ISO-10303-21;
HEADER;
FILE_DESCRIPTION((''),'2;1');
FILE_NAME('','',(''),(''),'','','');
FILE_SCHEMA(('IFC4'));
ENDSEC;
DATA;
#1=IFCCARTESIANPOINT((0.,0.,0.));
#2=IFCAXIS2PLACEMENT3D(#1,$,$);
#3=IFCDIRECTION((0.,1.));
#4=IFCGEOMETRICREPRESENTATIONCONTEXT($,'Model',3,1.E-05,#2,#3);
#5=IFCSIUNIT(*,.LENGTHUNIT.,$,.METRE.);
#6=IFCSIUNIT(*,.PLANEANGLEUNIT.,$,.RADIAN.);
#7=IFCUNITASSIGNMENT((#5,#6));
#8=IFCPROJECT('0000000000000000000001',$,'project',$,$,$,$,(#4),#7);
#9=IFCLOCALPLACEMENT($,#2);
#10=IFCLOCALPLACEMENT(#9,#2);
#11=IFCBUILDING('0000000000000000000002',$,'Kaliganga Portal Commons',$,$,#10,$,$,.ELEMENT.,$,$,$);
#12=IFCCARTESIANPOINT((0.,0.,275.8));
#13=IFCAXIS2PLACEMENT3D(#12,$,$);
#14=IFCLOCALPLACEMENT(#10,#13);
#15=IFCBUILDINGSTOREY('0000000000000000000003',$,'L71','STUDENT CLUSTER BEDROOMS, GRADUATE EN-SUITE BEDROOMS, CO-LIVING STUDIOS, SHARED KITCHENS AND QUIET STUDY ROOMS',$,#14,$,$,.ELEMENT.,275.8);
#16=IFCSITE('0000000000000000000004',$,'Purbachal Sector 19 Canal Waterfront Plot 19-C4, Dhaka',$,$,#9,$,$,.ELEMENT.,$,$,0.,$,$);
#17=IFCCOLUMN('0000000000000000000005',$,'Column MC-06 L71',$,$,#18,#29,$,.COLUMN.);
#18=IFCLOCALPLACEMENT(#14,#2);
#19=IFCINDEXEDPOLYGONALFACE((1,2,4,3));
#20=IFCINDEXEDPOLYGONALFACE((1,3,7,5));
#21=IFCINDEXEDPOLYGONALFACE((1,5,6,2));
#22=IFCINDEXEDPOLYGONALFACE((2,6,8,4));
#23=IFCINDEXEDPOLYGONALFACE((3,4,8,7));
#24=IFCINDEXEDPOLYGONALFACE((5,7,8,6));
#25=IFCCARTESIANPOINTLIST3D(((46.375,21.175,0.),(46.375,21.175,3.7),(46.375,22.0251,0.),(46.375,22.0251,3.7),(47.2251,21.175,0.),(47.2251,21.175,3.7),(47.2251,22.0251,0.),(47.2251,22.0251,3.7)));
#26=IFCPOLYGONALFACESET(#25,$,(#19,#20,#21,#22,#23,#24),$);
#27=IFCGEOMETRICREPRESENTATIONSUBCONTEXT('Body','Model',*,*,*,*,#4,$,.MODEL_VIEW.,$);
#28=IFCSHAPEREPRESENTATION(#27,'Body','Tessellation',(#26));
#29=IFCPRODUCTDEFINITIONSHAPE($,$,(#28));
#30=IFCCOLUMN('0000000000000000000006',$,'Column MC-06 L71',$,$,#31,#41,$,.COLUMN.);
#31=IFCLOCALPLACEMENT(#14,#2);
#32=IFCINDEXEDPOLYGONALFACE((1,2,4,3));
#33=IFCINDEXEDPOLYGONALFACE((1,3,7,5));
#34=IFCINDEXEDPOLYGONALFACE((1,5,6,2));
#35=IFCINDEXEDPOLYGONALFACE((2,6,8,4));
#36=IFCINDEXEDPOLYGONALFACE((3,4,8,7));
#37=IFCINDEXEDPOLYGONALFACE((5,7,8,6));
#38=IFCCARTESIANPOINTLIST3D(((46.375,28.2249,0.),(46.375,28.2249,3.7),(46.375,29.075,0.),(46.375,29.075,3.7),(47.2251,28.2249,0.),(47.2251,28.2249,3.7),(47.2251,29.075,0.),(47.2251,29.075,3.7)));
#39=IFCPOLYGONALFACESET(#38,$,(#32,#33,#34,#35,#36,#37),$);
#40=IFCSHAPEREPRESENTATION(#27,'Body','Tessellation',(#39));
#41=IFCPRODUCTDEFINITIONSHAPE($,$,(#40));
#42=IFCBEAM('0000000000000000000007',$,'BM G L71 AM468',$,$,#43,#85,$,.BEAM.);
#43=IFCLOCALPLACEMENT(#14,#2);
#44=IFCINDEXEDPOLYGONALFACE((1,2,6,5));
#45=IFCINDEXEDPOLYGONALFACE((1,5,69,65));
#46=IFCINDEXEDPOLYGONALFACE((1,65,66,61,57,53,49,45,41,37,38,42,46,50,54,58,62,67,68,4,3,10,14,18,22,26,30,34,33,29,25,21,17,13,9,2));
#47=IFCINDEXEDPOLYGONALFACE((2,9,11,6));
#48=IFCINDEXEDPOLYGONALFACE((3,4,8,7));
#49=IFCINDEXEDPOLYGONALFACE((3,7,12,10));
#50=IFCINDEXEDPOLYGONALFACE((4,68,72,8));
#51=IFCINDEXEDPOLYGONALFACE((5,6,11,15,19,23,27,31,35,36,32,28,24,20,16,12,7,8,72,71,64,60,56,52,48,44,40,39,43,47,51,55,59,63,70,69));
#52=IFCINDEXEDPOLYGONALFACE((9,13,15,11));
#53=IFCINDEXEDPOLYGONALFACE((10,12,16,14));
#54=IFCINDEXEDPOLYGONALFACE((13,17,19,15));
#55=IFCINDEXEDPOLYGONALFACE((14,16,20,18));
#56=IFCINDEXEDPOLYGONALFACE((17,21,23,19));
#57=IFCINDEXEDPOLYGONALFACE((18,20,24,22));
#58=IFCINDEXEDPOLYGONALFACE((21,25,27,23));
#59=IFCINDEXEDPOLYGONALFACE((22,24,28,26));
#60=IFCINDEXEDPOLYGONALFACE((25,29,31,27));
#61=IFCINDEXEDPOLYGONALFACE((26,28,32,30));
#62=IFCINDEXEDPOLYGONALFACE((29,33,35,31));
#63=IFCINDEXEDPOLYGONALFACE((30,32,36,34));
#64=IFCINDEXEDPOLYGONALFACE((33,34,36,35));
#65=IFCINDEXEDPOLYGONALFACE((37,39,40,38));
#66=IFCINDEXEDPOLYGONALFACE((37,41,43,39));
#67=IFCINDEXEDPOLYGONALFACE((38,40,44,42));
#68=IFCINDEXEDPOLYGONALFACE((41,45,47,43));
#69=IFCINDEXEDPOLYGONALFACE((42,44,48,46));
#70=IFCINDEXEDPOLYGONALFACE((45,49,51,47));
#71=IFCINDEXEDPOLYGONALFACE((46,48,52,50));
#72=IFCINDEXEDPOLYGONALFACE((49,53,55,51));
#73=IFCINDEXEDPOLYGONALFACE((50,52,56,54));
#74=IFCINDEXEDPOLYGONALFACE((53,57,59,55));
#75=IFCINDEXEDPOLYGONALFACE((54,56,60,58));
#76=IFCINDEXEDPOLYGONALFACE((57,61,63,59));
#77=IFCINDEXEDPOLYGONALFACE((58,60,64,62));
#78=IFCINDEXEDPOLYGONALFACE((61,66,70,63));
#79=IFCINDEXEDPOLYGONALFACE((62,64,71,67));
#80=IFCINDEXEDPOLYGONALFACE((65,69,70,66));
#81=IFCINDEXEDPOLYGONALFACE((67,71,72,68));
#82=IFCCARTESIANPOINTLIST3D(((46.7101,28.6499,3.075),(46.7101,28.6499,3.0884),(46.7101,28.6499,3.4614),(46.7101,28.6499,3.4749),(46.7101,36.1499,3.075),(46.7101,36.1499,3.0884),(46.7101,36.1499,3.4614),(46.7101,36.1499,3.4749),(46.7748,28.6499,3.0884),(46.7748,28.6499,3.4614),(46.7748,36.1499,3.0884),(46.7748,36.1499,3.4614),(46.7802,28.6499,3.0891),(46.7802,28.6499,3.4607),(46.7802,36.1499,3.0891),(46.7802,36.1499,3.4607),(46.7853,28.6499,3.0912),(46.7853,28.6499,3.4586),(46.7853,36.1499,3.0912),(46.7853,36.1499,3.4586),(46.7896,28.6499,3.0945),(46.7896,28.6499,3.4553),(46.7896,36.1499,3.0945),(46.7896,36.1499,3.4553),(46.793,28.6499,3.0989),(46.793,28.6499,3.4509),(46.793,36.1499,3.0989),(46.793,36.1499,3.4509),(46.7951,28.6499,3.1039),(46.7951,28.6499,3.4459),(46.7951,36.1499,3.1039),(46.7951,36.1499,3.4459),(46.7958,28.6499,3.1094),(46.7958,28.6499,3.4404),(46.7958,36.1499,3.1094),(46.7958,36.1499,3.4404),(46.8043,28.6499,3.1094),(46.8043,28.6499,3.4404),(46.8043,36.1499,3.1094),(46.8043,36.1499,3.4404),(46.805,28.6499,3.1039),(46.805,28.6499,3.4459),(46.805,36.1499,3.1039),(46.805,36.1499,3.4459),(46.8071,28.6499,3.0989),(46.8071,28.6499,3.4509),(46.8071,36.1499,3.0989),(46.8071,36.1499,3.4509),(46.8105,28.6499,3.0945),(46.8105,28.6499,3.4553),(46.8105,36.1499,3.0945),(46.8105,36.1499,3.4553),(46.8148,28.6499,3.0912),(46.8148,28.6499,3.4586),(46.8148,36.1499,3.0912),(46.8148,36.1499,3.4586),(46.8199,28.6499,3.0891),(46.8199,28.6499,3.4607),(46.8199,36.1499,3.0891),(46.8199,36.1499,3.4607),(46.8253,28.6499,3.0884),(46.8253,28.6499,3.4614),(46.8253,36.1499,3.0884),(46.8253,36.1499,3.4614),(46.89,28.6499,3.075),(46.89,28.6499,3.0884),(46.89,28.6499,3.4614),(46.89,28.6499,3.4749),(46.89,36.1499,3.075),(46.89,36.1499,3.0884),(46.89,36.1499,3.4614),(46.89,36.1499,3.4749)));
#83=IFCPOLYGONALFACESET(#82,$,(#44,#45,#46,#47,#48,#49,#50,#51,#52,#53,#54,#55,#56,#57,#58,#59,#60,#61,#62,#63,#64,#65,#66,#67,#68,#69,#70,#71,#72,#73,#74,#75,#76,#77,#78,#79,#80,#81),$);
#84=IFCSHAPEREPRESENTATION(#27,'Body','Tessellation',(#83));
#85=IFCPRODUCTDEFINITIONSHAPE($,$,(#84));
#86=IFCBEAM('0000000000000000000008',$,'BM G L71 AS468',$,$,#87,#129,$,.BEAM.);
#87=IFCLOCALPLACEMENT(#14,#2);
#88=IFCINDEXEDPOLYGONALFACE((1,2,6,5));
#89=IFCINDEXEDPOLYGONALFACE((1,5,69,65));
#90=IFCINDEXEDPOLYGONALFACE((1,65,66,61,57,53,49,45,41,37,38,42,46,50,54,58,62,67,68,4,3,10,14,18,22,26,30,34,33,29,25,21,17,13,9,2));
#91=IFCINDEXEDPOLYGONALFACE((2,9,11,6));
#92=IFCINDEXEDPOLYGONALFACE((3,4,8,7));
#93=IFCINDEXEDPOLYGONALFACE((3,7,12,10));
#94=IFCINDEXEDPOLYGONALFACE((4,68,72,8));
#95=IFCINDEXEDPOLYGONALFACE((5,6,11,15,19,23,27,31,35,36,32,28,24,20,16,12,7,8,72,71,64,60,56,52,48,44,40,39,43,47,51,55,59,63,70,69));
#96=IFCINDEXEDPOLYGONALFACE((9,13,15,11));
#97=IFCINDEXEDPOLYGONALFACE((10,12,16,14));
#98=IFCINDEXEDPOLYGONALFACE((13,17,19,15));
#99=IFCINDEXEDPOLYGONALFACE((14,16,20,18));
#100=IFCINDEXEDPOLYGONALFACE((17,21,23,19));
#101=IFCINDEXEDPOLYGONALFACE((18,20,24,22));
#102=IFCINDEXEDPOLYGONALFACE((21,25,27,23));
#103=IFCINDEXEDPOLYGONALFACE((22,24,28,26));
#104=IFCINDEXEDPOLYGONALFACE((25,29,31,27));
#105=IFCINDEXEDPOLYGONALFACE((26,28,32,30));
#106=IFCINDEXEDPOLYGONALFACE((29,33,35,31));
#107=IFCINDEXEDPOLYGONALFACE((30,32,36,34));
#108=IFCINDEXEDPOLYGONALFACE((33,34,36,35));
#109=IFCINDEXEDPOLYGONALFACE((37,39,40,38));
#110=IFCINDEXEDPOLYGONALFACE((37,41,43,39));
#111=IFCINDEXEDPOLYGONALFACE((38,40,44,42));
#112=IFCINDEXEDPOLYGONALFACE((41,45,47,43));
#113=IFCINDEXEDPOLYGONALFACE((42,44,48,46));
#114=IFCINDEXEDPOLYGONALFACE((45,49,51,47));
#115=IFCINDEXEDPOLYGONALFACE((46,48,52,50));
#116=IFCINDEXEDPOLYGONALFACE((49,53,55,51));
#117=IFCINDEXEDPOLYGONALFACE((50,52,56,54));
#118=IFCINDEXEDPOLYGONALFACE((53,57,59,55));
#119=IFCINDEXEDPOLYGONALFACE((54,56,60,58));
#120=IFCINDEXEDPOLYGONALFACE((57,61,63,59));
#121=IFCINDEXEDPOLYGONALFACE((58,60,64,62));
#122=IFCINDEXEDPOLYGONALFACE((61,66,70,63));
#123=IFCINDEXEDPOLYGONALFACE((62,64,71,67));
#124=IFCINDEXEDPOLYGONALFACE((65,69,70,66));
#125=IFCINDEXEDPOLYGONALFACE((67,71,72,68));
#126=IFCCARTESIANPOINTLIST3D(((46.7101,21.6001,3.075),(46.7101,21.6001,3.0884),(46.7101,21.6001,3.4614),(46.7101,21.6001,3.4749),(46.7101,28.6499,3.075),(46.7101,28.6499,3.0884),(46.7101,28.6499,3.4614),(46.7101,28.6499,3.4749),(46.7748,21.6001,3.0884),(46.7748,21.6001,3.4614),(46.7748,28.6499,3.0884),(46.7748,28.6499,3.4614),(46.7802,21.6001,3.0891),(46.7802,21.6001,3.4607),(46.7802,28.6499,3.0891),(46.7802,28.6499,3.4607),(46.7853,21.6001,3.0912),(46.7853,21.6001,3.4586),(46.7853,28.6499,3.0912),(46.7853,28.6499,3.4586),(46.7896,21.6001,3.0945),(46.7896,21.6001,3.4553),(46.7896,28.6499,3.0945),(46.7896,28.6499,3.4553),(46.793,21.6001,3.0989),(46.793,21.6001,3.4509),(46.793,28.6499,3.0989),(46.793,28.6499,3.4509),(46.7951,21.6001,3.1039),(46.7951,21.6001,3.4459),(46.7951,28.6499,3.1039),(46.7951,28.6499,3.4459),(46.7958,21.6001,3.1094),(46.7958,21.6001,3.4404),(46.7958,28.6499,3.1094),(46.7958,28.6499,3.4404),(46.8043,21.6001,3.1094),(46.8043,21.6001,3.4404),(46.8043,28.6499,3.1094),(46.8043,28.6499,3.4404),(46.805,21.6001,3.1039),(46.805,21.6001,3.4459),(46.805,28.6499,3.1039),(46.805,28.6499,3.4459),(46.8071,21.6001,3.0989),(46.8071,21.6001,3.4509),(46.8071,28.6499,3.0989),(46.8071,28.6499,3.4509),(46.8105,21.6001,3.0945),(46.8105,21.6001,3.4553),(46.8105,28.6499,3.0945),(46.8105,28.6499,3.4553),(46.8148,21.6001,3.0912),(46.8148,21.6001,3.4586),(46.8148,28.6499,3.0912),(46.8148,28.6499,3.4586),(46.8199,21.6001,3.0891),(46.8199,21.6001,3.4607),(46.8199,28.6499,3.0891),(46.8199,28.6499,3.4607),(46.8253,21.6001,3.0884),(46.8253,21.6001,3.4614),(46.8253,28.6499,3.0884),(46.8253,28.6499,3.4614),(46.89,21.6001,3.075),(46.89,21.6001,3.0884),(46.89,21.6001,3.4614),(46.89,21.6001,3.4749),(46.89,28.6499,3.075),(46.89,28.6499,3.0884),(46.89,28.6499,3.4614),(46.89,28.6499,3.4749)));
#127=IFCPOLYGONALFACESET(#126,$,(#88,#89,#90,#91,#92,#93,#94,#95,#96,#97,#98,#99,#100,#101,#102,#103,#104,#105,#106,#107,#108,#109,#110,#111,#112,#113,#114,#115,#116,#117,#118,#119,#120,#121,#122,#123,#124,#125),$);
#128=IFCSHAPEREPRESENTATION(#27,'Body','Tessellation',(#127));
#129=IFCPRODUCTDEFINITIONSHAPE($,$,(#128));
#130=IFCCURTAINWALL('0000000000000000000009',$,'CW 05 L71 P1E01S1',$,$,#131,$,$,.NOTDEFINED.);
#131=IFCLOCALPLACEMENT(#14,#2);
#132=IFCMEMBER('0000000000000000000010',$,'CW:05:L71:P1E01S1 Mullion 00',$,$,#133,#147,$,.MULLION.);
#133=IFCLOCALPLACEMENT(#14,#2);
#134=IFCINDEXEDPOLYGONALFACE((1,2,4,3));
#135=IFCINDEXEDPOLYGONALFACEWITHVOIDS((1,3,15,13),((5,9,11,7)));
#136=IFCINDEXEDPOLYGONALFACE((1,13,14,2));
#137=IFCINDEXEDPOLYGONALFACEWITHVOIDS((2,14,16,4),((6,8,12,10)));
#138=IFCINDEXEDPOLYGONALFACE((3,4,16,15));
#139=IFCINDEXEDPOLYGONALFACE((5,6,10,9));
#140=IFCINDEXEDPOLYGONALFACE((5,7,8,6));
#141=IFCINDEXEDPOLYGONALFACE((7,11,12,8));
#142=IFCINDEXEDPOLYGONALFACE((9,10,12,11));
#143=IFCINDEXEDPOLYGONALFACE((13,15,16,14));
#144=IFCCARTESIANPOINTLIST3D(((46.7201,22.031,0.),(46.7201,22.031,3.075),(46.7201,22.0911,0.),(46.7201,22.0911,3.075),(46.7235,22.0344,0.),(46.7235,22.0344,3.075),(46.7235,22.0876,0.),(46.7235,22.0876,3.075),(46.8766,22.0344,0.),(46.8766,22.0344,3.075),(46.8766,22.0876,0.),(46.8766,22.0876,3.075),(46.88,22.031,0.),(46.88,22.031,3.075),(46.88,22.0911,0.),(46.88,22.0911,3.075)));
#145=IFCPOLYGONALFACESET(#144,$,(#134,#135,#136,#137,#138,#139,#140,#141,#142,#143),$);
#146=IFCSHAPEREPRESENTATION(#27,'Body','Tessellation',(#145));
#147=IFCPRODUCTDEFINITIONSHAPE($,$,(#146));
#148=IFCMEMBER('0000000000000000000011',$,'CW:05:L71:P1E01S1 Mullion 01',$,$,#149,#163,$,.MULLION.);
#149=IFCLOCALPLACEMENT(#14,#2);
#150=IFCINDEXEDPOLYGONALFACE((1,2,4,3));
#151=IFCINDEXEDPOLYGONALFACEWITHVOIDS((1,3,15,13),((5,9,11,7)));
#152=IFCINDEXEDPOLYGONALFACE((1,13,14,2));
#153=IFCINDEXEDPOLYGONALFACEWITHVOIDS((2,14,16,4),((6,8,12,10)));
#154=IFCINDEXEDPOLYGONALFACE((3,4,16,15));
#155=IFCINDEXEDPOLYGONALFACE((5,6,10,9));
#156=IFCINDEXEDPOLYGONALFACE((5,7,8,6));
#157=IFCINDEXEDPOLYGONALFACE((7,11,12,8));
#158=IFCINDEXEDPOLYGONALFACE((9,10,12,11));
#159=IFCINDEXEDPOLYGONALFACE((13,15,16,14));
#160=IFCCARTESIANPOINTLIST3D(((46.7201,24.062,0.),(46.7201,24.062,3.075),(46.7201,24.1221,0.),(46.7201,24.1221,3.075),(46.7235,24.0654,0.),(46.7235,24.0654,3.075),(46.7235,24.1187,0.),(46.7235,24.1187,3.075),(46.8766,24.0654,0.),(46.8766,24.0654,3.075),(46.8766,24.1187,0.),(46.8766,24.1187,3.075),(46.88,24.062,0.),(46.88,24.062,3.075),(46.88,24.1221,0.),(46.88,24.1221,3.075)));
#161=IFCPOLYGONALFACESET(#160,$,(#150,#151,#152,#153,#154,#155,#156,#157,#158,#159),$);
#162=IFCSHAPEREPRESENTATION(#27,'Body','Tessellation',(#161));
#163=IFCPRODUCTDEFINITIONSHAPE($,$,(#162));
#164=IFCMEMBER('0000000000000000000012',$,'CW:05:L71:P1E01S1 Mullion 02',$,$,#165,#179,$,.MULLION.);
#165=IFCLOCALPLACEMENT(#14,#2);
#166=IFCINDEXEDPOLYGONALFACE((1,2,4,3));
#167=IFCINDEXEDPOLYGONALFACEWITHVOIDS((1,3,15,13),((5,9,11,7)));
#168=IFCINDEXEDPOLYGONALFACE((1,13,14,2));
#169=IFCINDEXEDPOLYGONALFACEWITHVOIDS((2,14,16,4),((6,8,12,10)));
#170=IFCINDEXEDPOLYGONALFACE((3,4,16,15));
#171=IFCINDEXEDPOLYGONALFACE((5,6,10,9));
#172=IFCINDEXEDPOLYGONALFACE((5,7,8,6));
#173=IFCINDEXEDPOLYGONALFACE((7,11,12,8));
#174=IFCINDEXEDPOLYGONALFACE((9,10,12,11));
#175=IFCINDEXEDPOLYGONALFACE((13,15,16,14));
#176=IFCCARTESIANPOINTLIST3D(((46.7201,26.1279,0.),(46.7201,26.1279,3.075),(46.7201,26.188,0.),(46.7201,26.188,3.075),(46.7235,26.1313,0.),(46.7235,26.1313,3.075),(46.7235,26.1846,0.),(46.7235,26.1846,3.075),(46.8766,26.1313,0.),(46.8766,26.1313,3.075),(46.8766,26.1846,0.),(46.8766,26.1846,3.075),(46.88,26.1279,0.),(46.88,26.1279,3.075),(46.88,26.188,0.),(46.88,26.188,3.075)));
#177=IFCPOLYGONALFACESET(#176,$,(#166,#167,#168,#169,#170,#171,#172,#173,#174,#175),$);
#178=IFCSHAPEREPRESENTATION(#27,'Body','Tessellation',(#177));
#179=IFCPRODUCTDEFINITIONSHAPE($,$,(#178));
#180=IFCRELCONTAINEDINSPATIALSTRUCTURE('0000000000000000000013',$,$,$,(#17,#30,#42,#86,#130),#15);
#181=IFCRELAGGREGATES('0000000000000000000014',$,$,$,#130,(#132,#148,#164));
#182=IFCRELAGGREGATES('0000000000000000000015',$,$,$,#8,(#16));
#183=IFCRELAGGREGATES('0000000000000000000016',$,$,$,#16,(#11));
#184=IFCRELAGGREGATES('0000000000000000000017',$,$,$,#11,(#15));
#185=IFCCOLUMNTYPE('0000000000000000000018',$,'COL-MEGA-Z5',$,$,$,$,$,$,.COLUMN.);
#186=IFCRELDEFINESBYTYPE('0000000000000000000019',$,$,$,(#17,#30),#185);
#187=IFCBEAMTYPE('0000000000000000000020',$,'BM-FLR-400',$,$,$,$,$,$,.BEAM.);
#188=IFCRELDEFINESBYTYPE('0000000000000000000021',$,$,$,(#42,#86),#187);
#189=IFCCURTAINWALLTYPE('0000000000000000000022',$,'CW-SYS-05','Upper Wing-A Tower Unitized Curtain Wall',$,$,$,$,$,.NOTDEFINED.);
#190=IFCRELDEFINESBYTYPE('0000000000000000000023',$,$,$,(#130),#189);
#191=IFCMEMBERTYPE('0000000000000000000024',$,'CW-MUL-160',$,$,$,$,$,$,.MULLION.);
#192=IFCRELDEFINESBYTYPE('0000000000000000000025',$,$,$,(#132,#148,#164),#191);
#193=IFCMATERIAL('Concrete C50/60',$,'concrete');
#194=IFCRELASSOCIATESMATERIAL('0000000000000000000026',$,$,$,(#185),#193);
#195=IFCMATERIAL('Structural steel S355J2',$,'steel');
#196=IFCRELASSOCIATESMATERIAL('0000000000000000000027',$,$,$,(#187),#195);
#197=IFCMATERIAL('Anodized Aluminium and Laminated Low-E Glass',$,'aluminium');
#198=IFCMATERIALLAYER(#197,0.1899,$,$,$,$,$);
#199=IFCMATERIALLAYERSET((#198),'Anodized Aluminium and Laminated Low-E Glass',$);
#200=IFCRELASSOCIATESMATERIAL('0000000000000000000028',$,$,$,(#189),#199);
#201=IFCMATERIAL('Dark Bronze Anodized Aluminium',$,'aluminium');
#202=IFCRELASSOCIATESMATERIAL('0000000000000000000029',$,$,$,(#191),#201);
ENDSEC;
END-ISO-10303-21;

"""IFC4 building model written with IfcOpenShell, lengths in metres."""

from ifc_helpers import new_model, si_unit, direction, frame, origin, origin_2d, place, context, subcontext, project, spatial, rectangle, hollow_rectangle, i_section, extrude, source, transform, mapped, material, layer, layer_set, material_profile, profile_set, type_object, element, aggregate, save


model = new_model("IFC4")

# Units and contexts
model_context = context("Model", 3, precision=1e-05, world=origin(), true_north=direction((0.0, 1.0)))
body_context = subcontext(model_context, "Body", "Model", "MODEL_VIEW")
ifc_project = project(units=[si_unit("LENGTHUNIT", "METRE"), si_unit("PLANEANGLEUNIT", "RADIAN")], contexts=[model_context])

# Site, building, storey
site_placement = place(None, origin())
site = spatial("IfcSite", under=ifc_project, at=site_placement, Name="Purbachal Sector 19 Canal Waterfront Plot 19-C4, Dhaka", CompositionType="ELEMENT", RefElevation=0.0)
building_placement = place(site_placement, origin())
building = spatial("IfcBuilding", under=site, at=building_placement, Name="Kaliganga Portal Commons", CompositionType="ELEMENT")
storey_placement = place(building_placement, frame((0.0, 0.0, 275.8)))
storey = spatial("IfcBuildingStorey", under=building, at=storey_placement, Name="L71", Description="STUDENT CLUSTER BEDROOMS, GRADUATE EN-SUITE BEDROOMS, CO-LIVING STUDIOS, SHARED KITCHENS AND QUIET STUDY ROOMS", CompositionType="ELEMENT", Elevation=275.8)

# Columns
ifc_material_1 = material(Name="Concrete C50/60", Category="concrete")
ifc_material_profile_1 = material_profile(ifc_material_1, rectangle(XDim=0.8501, YDim=0.8501, at=origin_2d()), Name="RC 850x850")
ifc_profile_set_1 = profile_set([ifc_material_profile_1], Name="Concrete C50/60")
column_type = type_object("IfcColumnType", Name="COL-MEGA-Z5", PredefinedType="COLUMN", material=ifc_profile_set_1)
shared_shape_1 = source(origin(), body_context, "Body", "SweptSolid", [
    extrude(rectangle(XDim=0.8501, YDim=0.8501, at=origin_2d()), origin(), (0.0, 0.0, 1.0), 3.7),
])
for number, where, z_axis, x_axis, name in (
    (1, (46.8, 21.6001, 0.0), (0.0, 0.0, 1.0), (1.0, 0.0, 0.0), "Column MC-06 L71"),
    (2, (46.8, 28.6499, 0.0), (0.0, 0.0, 1.0), (1.0, 0.0, 0.0), "Column MC-06 L71"),
):
    element("IfcColumn", number, at=place(storey_placement, frame(where, z_axis=z_axis, x_axis=x_axis)), inside=storey, type_object=column_type, Name=name, PredefinedType="COLUMN", context=body_context, shape_type="MappedRepresentation", body=[
        mapped(shared_shape_1, transform((0.0, 0.0, 0.0), x_axis=(1.0, 0.0, 0.0), y_axis=(0.0, 1.0, 0.0), z_axis=(0.0, 0.0, 1.0), scale=1.0)),
    ])

# Beams
ifc_material_2 = material(Name="Structural steel S355J2", Category="steel")
ifc_material_profile_2 = material_profile(ifc_material_2, i_section(OverallWidth=0.1799, OverallDepth=0.3999, WebThickness=0.0085, FlangeThickness=0.0134, FilletRadius=0.021, at=origin_2d()), Name="IPE 400")
ifc_profile_set_2 = profile_set([ifc_material_profile_2], Name="Structural steel S355J2 wide-flange")
beam_type = type_object("IfcBeamType", Name="BM-FLR-400", PredefinedType="BEAM", material=ifc_profile_set_2)
shared_shape_2 = source(origin(), body_context, "Body", "SweptSolid", [
    extrude(i_section(OverallWidth=0.1799, OverallDepth=0.3999, WebThickness=0.0085, FlangeThickness=0.0134, FilletRadius=0.021, at=origin_2d()), origin(), (0.0, 0.0, 1.0), 7.5),
])
beam_1_placement = place(storey_placement, frame((46.8, 28.6499, 3.2749), z_axis=(0.0, 1.0, 0.0), x_axis=(-1.0, 0.0, 0.0)))
element("IfcBeam", 3, at=beam_1_placement, inside=storey, type_object=beam_type, Name="BM G L71 AM468", PredefinedType="BEAM", context=body_context, shape_type="MappedRepresentation", body=[
    mapped(shared_shape_2, transform((0.0, 0.0, 0.0), x_axis=(1.0, 0.0, 0.0), y_axis=(0.0, 1.0, 0.0), z_axis=(0.0, 0.0, 1.0), scale=1.0)),
])
shared_shape_3 = source(origin(), body_context, "Body", "SweptSolid", [
    extrude(i_section(OverallWidth=0.1799, OverallDepth=0.3999, WebThickness=0.0085, FlangeThickness=0.0134, FilletRadius=0.021, at=origin_2d()), origin(), (0.0, 0.0, 1.0), 7.0498),
])
beam_2_placement = place(storey_placement, frame((46.8, 21.6001, 3.2749), z_axis=(0.0, 1.0, 0.0), x_axis=(-1.0, 0.0, 0.0)))
element("IfcBeam", 4, at=beam_2_placement, inside=storey, type_object=beam_type, Name="BM G L71 AS468", PredefinedType="BEAM", context=body_context, shape_type="MappedRepresentation", body=[
    mapped(shared_shape_3, transform((0.0, 0.0, 0.0), x_axis=(1.0, 0.0, 0.0), y_axis=(0.0, 1.0, 0.0), z_axis=(0.0, 0.0, 1.0), scale=1.0)),
])

# Curtain wall, members
ifc_material_3 = material(Name="Anodized Aluminium and Laminated Low-E Glass", Category="aluminium")
ifc_layer_1 = layer(ifc_material_3, 0.1899)
ifc_layer_set_1 = layer_set([ifc_layer_1], Name="Anodized Aluminium and Laminated Low-E Glass")
curtain_wall_type = type_object("IfcCurtainWallType", Name="CW-SYS-05", Description="Upper Wing-A Tower Unitized Curtain Wall", PredefinedType="NOTDEFINED", material=ifc_layer_set_1)
curtain_wall_1_placement = place(storey_placement, origin())
curtain_wall_1 = element("IfcCurtainWall", 5, at=curtain_wall_1_placement, inside=storey, type_object=curtain_wall_type, Name="CW 05 L71 P1E01S1", PredefinedType="NOTDEFINED")
ifc_material_4 = material(Name="Dark Bronze Anodized Aluminium", Category="aluminium")
ifc_material_profile_3 = material_profile(ifc_material_4, hollow_rectangle(XDim=0.0601, YDim=0.1599, WallThickness=0.0034, at=origin_2d()), Name="ALU MULL 60x160x3.5")
ifc_profile_set_3 = profile_set([ifc_material_profile_3], Name="Dark Bronze Anodized Aluminium")
member_type_1 = type_object("IfcMemberType", Name="CW-MUL-160", PredefinedType="MULLION", material=ifc_profile_set_3)
shared_shape_4 = source(origin(), body_context, "Body", "SweptSolid", [
    extrude(hollow_rectangle(XDim=0.0601, YDim=0.1599, WallThickness=0.0034, at=origin_2d()), origin(), (0.0, 0.0, 1.0), 3.075),
])
member_1_placement = place(storey_placement, frame((46.8, 22.061, 0.0), z_axis=(0.0, 0.0, 1.0), x_axis=(0.0, 1.0, 0.0)))
member_1 = element("IfcMember", 6, at=member_1_placement, type_object=member_type_1, Name="CW:05:L71:P1E01S1 Mullion 00", PredefinedType="MULLION", context=body_context, shape_type="MappedRepresentation", body=[
    mapped(shared_shape_4, transform((0.0, 0.0, 0.0), x_axis=(1.0, 0.0, 0.0), y_axis=(0.0, 1.0, 0.0), z_axis=(0.0, 0.0, 1.0), scale=1.0)),
])
member_2_placement = place(storey_placement, frame((46.8, 24.092, 0.0), z_axis=(0.0, 0.0, 1.0), x_axis=(0.0, 1.0, 0.0)))
member_2 = element("IfcMember", 7, at=member_2_placement, type_object=member_type_1, Name="CW:05:L71:P1E01S1 Mullion 01", PredefinedType="MULLION", context=body_context, shape_type="MappedRepresentation", body=[
    mapped(shared_shape_4, transform((0.0, 0.0, 0.0), x_axis=(1.0, 0.0, 0.0), y_axis=(0.0, 1.0, 0.0), z_axis=(0.0, 0.0, 1.0), scale=1.0)),
])
member_3_placement = place(storey_placement, frame((46.8, 26.158, 0.0), z_axis=(0.0, 0.0, 1.0), x_axis=(0.0, 1.0, 0.0)))
member_3 = element("IfcMember", 8, at=member_3_placement, type_object=member_type_1, Name="CW:05:L71:P1E01S1 Mullion 02", PredefinedType="MULLION", context=body_context, shape_type="MappedRepresentation", body=[
    mapped(shared_shape_4, transform((0.0, 0.0, 0.0), x_axis=(1.0, 0.0, 0.0), y_axis=(0.0, 1.0, 0.0), z_axis=(0.0, 0.0, 1.0), scale=1.0)),
])

aggregate(curtain_wall_1, [member_1, member_2, member_3])

save(model, "model.ifc")
